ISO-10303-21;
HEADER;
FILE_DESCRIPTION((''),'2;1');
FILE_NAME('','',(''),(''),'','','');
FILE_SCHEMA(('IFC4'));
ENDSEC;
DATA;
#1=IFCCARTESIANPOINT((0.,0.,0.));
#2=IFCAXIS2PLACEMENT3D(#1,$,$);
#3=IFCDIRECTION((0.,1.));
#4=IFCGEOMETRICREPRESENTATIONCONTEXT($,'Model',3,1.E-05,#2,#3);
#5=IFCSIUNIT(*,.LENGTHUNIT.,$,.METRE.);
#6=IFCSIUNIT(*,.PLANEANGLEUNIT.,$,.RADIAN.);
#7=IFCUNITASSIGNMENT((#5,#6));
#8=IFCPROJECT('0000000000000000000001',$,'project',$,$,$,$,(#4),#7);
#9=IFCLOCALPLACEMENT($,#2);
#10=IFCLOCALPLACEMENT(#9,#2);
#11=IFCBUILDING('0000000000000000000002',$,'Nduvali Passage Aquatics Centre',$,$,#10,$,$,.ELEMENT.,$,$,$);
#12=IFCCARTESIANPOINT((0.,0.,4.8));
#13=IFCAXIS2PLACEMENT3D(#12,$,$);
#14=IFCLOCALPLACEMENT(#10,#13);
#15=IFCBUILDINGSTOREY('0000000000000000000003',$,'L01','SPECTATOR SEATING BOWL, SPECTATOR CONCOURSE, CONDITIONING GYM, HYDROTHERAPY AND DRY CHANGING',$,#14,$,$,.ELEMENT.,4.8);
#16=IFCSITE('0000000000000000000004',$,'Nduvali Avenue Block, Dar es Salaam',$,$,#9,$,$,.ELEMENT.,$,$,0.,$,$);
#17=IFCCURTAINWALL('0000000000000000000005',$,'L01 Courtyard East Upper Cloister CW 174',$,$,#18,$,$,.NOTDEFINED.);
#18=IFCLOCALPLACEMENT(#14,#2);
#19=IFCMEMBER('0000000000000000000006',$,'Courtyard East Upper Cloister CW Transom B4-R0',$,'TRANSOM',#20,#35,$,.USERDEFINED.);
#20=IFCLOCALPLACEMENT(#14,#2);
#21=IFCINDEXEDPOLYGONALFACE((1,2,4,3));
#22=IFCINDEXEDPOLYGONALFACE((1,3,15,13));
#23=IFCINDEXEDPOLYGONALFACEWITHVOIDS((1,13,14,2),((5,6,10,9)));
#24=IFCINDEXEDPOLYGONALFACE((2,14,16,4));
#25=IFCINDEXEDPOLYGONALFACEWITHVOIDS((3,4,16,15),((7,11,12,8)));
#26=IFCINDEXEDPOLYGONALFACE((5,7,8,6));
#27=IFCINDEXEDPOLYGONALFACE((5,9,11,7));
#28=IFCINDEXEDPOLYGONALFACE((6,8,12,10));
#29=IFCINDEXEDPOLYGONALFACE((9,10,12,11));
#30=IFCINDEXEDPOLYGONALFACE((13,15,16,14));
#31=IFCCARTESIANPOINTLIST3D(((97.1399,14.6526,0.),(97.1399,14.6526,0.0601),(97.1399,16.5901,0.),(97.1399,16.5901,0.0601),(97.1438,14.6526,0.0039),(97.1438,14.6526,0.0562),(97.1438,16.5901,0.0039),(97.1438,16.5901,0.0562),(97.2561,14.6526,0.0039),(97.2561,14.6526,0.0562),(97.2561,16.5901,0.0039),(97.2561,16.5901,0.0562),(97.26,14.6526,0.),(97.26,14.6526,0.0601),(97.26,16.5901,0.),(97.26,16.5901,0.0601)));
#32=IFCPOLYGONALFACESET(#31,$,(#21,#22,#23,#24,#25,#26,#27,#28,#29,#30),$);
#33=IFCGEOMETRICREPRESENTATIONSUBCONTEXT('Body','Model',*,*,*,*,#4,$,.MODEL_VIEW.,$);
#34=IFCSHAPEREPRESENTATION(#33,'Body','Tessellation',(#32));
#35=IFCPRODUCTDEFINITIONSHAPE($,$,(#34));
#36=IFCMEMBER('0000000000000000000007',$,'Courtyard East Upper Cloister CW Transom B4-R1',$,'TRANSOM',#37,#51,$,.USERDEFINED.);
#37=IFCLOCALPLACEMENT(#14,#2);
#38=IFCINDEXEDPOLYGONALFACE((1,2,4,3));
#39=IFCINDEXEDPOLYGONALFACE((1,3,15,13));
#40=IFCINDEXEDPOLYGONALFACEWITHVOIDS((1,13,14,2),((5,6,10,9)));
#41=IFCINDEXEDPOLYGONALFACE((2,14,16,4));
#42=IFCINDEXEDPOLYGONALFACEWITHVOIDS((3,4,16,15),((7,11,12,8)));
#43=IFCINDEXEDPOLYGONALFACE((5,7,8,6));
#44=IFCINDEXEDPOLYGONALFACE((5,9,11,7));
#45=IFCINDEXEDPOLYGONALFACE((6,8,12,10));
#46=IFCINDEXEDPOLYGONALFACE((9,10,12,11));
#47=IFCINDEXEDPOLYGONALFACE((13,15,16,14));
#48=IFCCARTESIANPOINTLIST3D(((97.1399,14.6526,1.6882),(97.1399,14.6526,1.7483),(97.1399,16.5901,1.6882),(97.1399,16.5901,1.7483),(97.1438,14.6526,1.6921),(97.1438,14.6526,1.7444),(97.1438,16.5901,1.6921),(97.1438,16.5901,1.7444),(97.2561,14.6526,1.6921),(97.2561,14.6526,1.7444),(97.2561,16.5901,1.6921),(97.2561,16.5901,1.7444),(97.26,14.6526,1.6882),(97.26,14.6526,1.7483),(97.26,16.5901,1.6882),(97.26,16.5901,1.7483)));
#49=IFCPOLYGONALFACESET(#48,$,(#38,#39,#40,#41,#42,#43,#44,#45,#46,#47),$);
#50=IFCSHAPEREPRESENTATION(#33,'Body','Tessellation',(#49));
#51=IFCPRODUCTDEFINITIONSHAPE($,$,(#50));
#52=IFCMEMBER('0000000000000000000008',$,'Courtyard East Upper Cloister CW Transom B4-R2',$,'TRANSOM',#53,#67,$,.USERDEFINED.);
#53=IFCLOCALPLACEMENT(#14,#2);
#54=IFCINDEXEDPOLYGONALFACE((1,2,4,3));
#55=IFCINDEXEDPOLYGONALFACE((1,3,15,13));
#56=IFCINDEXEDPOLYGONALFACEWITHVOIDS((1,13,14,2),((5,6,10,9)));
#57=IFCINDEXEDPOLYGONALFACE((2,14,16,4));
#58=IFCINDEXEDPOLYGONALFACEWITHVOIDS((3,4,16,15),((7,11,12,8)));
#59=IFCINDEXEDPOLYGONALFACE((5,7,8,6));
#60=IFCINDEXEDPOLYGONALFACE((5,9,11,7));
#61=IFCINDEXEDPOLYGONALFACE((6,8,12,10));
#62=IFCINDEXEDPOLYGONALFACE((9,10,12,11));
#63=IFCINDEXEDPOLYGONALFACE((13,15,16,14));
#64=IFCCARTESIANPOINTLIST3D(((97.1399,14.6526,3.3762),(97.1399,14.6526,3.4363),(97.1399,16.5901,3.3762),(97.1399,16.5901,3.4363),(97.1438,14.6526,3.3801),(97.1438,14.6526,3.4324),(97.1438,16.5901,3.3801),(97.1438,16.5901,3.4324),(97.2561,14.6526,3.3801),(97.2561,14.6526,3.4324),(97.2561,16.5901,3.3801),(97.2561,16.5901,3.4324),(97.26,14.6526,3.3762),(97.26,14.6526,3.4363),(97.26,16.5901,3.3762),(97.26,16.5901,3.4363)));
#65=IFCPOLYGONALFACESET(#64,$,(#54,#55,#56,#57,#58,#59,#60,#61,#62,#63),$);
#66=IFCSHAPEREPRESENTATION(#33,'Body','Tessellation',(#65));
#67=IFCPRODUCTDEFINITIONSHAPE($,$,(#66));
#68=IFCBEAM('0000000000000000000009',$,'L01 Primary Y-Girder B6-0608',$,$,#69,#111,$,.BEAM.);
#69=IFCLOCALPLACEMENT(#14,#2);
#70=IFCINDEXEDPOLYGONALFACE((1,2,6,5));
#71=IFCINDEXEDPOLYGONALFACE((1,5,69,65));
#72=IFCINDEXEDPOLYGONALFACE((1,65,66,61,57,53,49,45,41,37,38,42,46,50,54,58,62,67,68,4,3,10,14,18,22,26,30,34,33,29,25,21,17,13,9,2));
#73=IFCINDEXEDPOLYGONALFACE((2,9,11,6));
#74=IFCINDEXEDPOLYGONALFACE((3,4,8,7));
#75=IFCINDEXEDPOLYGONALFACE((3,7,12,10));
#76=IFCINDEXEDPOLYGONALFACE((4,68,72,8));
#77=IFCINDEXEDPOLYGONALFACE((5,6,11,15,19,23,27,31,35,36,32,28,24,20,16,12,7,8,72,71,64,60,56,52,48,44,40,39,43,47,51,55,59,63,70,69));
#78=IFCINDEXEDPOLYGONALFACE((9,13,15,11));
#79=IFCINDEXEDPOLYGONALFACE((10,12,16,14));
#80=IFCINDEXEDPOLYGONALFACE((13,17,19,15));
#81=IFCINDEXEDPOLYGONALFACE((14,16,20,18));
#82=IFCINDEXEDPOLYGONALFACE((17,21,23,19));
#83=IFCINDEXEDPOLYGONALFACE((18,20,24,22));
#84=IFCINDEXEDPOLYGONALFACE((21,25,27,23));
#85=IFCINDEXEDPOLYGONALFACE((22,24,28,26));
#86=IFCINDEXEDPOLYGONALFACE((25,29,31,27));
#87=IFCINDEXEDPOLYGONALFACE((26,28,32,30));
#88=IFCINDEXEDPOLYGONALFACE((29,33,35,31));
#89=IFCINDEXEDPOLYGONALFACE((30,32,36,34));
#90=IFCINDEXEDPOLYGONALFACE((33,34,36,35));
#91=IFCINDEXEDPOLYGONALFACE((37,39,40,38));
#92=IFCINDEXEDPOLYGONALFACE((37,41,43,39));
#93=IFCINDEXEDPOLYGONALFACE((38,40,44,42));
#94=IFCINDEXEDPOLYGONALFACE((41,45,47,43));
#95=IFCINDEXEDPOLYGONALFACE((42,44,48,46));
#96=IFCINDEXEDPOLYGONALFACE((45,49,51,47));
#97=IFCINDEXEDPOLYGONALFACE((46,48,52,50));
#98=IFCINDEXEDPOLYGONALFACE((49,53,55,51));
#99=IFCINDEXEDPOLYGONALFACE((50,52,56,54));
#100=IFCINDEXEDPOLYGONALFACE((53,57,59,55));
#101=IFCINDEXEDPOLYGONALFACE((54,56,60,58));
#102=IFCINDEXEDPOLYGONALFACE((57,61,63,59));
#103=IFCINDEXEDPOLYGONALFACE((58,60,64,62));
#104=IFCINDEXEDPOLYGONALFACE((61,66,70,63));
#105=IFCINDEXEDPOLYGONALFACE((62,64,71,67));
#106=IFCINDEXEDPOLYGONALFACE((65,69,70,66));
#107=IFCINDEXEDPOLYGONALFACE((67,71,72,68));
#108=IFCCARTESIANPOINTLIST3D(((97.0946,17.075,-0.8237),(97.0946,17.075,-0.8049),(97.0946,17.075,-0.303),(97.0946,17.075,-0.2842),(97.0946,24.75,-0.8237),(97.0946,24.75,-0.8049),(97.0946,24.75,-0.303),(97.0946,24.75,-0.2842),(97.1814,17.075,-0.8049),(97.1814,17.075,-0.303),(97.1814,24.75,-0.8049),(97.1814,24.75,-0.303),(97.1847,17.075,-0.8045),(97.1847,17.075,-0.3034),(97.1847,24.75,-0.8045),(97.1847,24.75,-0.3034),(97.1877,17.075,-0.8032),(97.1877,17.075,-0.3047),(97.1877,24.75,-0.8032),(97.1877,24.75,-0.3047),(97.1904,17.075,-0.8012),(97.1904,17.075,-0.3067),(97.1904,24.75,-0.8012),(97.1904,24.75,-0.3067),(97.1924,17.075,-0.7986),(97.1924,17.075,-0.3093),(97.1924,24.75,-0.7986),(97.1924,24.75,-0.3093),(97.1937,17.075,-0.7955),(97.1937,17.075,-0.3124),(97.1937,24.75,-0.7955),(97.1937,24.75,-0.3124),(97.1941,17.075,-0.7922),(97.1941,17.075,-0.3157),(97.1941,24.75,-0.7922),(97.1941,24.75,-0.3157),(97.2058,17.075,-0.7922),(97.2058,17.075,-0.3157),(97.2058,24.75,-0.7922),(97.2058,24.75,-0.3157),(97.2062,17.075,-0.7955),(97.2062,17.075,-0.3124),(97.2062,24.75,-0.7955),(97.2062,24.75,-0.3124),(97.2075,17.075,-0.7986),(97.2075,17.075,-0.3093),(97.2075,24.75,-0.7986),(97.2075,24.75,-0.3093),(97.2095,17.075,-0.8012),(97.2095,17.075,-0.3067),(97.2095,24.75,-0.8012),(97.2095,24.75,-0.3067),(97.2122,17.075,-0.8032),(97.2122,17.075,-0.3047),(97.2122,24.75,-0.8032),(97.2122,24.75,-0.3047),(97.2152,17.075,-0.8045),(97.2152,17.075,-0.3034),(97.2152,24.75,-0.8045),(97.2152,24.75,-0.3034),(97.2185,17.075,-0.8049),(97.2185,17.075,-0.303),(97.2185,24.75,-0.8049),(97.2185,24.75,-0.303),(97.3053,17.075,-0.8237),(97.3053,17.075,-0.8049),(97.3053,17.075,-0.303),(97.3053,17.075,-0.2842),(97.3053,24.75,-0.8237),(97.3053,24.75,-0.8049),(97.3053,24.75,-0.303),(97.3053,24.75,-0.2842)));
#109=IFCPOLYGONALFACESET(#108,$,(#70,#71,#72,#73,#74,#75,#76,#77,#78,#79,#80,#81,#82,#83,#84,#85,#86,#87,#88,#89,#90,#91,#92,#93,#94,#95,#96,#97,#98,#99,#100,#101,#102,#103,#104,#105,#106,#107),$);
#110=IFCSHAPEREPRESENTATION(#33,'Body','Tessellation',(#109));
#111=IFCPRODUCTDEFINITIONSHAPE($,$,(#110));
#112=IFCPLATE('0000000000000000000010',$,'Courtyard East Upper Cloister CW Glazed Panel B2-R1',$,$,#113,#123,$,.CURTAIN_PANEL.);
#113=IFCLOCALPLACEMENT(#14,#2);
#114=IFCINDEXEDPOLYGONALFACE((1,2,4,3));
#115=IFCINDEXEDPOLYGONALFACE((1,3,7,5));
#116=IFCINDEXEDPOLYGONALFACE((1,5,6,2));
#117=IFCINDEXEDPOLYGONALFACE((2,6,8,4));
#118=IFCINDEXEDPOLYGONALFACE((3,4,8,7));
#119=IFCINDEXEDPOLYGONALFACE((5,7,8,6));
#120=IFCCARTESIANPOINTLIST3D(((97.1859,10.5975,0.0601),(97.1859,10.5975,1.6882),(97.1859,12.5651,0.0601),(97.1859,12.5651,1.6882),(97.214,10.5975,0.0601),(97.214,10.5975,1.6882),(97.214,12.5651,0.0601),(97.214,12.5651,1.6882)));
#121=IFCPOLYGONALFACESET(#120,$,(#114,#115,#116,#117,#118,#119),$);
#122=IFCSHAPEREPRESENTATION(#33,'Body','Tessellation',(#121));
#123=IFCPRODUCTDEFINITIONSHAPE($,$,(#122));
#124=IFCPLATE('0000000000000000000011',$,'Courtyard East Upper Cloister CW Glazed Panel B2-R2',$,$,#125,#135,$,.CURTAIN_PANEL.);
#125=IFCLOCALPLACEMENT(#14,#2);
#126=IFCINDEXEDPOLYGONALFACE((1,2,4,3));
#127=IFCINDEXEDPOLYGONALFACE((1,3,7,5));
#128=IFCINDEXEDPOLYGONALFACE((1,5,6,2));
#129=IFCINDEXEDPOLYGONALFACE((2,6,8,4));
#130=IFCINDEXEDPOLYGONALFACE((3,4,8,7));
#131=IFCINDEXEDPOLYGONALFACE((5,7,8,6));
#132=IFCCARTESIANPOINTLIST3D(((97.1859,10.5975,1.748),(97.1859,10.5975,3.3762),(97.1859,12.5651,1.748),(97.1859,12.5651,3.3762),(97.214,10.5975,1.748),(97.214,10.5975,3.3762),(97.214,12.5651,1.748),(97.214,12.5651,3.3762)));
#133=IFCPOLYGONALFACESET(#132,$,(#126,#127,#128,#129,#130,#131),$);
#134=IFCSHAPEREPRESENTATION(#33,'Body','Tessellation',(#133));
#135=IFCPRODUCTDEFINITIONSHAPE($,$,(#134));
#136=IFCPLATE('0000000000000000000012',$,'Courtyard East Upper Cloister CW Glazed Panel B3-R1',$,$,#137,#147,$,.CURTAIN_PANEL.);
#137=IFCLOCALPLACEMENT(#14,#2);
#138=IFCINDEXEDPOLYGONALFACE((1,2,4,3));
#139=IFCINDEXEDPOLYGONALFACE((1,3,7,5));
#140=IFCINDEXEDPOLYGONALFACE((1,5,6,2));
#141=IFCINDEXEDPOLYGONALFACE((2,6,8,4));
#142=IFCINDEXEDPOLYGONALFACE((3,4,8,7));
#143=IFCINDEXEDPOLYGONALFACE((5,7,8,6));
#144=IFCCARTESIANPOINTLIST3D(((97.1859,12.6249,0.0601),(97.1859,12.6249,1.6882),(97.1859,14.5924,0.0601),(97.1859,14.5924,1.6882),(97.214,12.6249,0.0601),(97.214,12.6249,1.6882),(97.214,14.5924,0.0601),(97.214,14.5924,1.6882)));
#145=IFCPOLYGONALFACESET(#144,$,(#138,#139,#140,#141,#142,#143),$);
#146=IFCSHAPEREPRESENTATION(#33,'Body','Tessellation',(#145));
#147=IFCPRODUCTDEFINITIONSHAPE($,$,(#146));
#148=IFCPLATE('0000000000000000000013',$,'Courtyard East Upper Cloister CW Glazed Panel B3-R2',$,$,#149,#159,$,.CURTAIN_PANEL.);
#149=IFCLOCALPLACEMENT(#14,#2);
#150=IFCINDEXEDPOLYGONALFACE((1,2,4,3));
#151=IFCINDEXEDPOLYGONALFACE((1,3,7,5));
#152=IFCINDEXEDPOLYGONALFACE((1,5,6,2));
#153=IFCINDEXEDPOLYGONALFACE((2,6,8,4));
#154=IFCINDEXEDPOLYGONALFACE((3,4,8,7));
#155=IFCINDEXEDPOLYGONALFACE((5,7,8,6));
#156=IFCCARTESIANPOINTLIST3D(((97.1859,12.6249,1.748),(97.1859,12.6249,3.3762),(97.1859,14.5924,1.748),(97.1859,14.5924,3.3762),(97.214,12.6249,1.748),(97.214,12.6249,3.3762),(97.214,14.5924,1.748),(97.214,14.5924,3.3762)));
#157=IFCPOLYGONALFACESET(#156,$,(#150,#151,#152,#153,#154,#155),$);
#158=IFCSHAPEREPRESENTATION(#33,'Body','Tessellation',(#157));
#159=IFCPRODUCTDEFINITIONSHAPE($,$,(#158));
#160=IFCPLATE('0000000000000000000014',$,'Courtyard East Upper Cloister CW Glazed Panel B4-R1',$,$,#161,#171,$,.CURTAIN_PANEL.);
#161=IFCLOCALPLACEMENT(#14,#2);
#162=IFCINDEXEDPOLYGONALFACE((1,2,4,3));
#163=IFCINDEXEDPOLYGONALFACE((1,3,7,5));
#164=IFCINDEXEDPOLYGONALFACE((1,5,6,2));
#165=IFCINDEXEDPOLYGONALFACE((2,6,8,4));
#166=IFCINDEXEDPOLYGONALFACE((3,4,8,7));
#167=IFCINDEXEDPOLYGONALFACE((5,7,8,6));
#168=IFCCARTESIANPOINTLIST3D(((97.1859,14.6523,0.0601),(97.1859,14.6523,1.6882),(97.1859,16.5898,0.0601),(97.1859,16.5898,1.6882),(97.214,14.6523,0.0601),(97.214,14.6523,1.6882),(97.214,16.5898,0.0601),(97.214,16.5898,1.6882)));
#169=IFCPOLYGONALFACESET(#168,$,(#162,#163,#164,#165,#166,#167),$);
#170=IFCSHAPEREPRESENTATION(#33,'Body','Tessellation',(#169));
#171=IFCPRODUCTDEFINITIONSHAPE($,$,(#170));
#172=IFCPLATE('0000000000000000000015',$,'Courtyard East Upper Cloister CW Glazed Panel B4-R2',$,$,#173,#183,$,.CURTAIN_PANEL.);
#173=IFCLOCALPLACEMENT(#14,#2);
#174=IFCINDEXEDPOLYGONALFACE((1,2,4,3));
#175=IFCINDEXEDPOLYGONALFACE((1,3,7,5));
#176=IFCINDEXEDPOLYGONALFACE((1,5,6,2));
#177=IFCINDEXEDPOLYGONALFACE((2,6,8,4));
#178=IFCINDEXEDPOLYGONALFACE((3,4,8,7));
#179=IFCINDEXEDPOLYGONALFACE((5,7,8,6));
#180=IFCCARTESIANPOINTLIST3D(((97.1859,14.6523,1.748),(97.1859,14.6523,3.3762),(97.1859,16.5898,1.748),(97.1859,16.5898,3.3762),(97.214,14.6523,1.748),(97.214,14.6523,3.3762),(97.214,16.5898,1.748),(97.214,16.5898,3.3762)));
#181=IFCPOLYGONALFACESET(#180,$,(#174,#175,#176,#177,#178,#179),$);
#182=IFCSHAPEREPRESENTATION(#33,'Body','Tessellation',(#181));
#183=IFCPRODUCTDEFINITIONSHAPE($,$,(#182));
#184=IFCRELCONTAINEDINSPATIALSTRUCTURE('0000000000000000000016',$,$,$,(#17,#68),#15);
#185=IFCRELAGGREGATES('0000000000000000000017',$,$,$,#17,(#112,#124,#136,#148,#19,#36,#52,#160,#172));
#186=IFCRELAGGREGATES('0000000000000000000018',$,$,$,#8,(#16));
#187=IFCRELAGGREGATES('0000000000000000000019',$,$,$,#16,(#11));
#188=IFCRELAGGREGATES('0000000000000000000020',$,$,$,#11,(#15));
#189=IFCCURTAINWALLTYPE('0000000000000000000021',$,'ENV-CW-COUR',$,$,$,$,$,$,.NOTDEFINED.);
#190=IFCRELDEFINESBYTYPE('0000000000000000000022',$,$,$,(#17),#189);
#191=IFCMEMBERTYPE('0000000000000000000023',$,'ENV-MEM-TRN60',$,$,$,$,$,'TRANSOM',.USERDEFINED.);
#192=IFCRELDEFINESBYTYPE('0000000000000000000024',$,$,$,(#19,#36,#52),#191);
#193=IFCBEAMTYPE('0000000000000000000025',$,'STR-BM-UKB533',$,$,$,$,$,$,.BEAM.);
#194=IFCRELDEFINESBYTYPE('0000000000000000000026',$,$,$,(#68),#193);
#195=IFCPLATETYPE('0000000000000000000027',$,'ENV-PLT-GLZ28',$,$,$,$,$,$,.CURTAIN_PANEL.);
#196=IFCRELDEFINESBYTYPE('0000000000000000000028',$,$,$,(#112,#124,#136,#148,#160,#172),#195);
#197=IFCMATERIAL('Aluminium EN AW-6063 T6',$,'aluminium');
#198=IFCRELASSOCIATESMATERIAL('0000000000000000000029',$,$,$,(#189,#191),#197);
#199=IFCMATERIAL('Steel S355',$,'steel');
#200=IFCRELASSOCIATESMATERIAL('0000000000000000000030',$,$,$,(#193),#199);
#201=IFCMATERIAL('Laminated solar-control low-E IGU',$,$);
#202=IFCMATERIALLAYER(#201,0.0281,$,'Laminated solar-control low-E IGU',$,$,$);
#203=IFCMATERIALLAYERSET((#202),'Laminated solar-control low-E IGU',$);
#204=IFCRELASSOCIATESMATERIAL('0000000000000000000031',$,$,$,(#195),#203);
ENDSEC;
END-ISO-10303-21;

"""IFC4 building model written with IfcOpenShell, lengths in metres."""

from ifc_helpers import new_model, si_unit, direction, frame, origin, origin_2d, place, context, subcontext, project, spatial, rectangle, hollow_rectangle, i_section, extrude, material, layer, layer_set, material_profile, profile_set, type_object, element, aggregate, save


model = new_model("IFC4")

# Units and contexts
model_context = context("Model", 3, precision=1e-05, world=origin(), true_north=direction((0.0, 1.0)))
body_context = subcontext(model_context, "Body", "Model", "MODEL_VIEW")
ifc_project = project(units=[si_unit("LENGTHUNIT", "METRE"), si_unit("PLANEANGLEUNIT", "RADIAN")], contexts=[model_context])

# Site, building, storey
site_placement = place(None, origin())
site = spatial("IfcSite", under=ifc_project, at=site_placement, Name="Nduvali Avenue Block, Dar es Salaam", CompositionType="ELEMENT", RefElevation=0.0)
building_placement = place(site_placement, origin())
building = spatial("IfcBuilding", under=site, at=building_placement, Name="Nduvali Passage Aquatics Centre", CompositionType="ELEMENT")
storey_placement = place(building_placement, frame((0.0, 0.0, 4.8)))
storey = spatial("IfcBuildingStorey", under=building, at=storey_placement, Name="L01", Description="SPECTATOR SEATING BOWL, SPECTATOR CONCOURSE, CONDITIONING GYM, HYDROTHERAPY AND DRY CHANGING", CompositionType="ELEMENT", Elevation=4.8)

# Shared definitions
ifc_material_1 = material(Name="Steel S355", Category="steel")

# Curtain wall, members
ifc_material_2 = material(Name="Aluminium EN AW-6063 T6", Category="aluminium")
curtain_wall_type = type_object("IfcCurtainWallType", Name="ENV-CW-COUR", PredefinedType="NOTDEFINED", material=ifc_material_2)
curtain_wall_placement = place(storey_placement, origin())
curtain_wall = element("IfcCurtainWall", 1, at=curtain_wall_placement, inside=storey, type_object=curtain_wall_type, Name="L01 Courtyard East Upper Cloister CW 174", PredefinedType="NOTDEFINED")
ifc_material_profile_1 = material_profile(ifc_material_2, hollow_rectangle(XDim=0.1201, YDim=0.0601, WallThickness=0.0039, at=origin_2d()), Name="ALU TRANSOM 120x60x4")
ifc_profile_set_1 = profile_set([ifc_material_profile_1], Name="Aluminium EN AW-6063 T6")
member_type_1 = type_object("IfcMemberType", Name="ENV-MEM-TRN60", ElementType="TRANSOM", PredefinedType="USERDEFINED", material=ifc_profile_set_1)
member_1_placement = place(storey_placement, frame((97.2, 14.6526, 0.03), z_axis=(0.0, 1.0, 0.0), x_axis=(-1.0, 0.0, 0.0)))
member_1 = element("IfcMember", 2, at=member_1_placement, type_object=member_type_1, Name="Courtyard East Upper Cloister CW Transom B4-R0", ObjectType="TRANSOM", PredefinedType="USERDEFINED", context=body_context, shape_type="SweptSolid", body=[
    extrude(hollow_rectangle(XDim=0.1201, YDim=0.0601, WallThickness=0.0039, at=origin_2d()), origin(), (0.0, 0.0, 1.0), 1.9375),
])
member_2_placement = place(storey_placement, frame((97.2, 14.6526, 1.7183), z_axis=(0.0, 1.0, 0.0), x_axis=(-1.0, 0.0, 0.0)))
member_2 = element("IfcMember", 3, at=member_2_placement, type_object=member_type_1, Name="Courtyard East Upper Cloister CW Transom B4-R1", ObjectType="TRANSOM", PredefinedType="USERDEFINED", context=body_context, shape_type="SweptSolid", body=[
    extrude(hollow_rectangle(XDim=0.1201, YDim=0.0601, WallThickness=0.0039, at=origin_2d()), origin(), (0.0, 0.0, 1.0), 1.9375),
])
member_3_placement = place(storey_placement, frame((97.2, 14.6526, 3.4062), z_axis=(0.0, 1.0, 0.0), x_axis=(-1.0, 0.0, 0.0)))
member_3 = element("IfcMember", 4, at=member_3_placement, type_object=member_type_1, Name="Courtyard East Upper Cloister CW Transom B4-R2", ObjectType="TRANSOM", PredefinedType="USERDEFINED", context=body_context, shape_type="SweptSolid", body=[
    extrude(hollow_rectangle(XDim=0.1201, YDim=0.0601, WallThickness=0.0039, at=origin_2d()), origin(), (0.0, 0.0, 1.0), 1.9375),
])

# Beam
ifc_material_profile_2 = material_profile(ifc_material_1, i_section(OverallWidth=0.2107, OverallDepth=0.5396, WebThickness=0.0117, FlangeThickness=0.0188, FilletRadius=0.0127, at=origin_2d()), Name="UKB 533x210x109")
ifc_profile_set_2 = profile_set([ifc_material_profile_2], Name="Steel S355")
beam_type = type_object("IfcBeamType", Name="STR-BM-UKB533", PredefinedType="BEAM", material=ifc_profile_set_2)
beam_placement = place(storey_placement, frame((97.2, 17.075, -0.554), z_axis=(0.0, 1.0, 0.0), x_axis=(-1.0, 0.0, 0.0)))
element("IfcBeam", 5, at=beam_placement, inside=storey, type_object=beam_type, Name="L01 Primary Y-Girder B6-0608", PredefinedType="BEAM", context=body_context, shape_type="SweptSolid", body=[
    extrude(i_section(OverallWidth=0.2107, OverallDepth=0.5396, WebThickness=0.0117, FlangeThickness=0.0188, FilletRadius=0.0127, at=origin_2d()), origin(), (0.0, 0.0, 1.0), 7.675),
])

# Plates
ifc_material_3 = material(Name="Laminated solar-control low-E IGU")
ifc_layer_1 = layer(ifc_material_3, 0.0281, Name="Laminated solar-control low-E IGU")
ifc_layer_set_1 = layer_set([ifc_layer_1], Name="Laminated solar-control low-E IGU")
plate_type = type_object("IfcPlateType", Name="ENV-PLT-GLZ28", PredefinedType="CURTAIN_PANEL", material=ifc_layer_set_1)
plate_1_placement = place(storey_placement, frame((97.2, 11.5813, 0.0601), z_axis=(0.0, 0.0, 1.0), x_axis=(0.0, 1.0, 0.0)))
plate_1 = element("IfcPlate", 6, at=plate_1_placement, type_object=plate_type, Name="Courtyard East Upper Cloister CW Glazed Panel B2-R1", PredefinedType="CURTAIN_PANEL", context=body_context, shape_type="SweptSolid", body=[
    extrude(rectangle(XDim=1.9675, YDim=0.0281, at=origin_2d()), origin(), (0.0, 0.0, 1.0), 1.6282),
])
plate_2_placement = place(storey_placement, frame((97.2, 11.5813, 1.748), z_axis=(0.0, 0.0, 1.0), x_axis=(0.0, 1.0, 0.0)))
plate_2 = element("IfcPlate", 7, at=plate_2_placement, type_object=plate_type, Name="Courtyard East Upper Cloister CW Glazed Panel B2-R2", PredefinedType="CURTAIN_PANEL", context=body_context, shape_type="SweptSolid", body=[
    extrude(rectangle(XDim=1.9675, YDim=0.0281, at=origin_2d()), origin(), (0.0, 0.0, 1.0), 1.6282),
])
plate_3_placement = place(storey_placement, frame((97.2, 13.6086, 0.0601), z_axis=(0.0, 0.0, 1.0), x_axis=(0.0, 1.0, 0.0)))
plate_3 = element("IfcPlate", 8, at=plate_3_placement, type_object=plate_type, Name="Courtyard East Upper Cloister CW Glazed Panel B3-R1", PredefinedType="CURTAIN_PANEL", context=body_context, shape_type="SweptSolid", body=[
    extrude(rectangle(XDim=1.9675, YDim=0.0281, at=origin_2d()), origin(), (0.0, 0.0, 1.0), 1.6282),
])
plate_4_placement = place(storey_placement, frame((97.2, 13.6086, 1.748), z_axis=(0.0, 0.0, 1.0), x_axis=(0.0, 1.0, 0.0)))
plate_4 = element("IfcPlate", 9, at=plate_4_placement, type_object=plate_type, Name="Courtyard East Upper Cloister CW Glazed Panel B3-R2", PredefinedType="CURTAIN_PANEL", context=body_context, shape_type="SweptSolid", body=[
    extrude(rectangle(XDim=1.9675, YDim=0.0281, at=origin_2d()), origin(), (0.0, 0.0, 1.0), 1.6282),
])
plate_5_placement = place(storey_placement, frame((97.2, 15.6211, 0.0601), z_axis=(0.0, 0.0, 1.0), x_axis=(0.0, 1.0, 0.0)))
plate_5 = element("IfcPlate", 10, at=plate_5_placement, type_object=plate_type, Name="Courtyard East Upper Cloister CW Glazed Panel B4-R1", PredefinedType="CURTAIN_PANEL", context=body_context, shape_type="SweptSolid", body=[
    extrude(rectangle(XDim=1.9375, YDim=0.0281, at=origin_2d()), origin(), (0.0, 0.0, 1.0), 1.6282),
])
plate_6_placement = place(storey_placement, frame((97.2, 15.6211, 1.748), z_axis=(0.0, 0.0, 1.0), x_axis=(0.0, 1.0, 0.0)))
plate_6 = element("IfcPlate", 11, at=plate_6_placement, type_object=plate_type, Name="Courtyard East Upper Cloister CW Glazed Panel B4-R2", PredefinedType="CURTAIN_PANEL", context=body_context, shape_type="SweptSolid", body=[
    extrude(rectangle(XDim=1.9375, YDim=0.0281, at=origin_2d()), origin(), (0.0, 0.0, 1.0), 1.6282),
])
aggregate(curtain_wall, [plate_1, plate_2, plate_3, plate_4, member_1, member_2, member_3, plate_5, plate_6])

save(model, "model.ifc")
